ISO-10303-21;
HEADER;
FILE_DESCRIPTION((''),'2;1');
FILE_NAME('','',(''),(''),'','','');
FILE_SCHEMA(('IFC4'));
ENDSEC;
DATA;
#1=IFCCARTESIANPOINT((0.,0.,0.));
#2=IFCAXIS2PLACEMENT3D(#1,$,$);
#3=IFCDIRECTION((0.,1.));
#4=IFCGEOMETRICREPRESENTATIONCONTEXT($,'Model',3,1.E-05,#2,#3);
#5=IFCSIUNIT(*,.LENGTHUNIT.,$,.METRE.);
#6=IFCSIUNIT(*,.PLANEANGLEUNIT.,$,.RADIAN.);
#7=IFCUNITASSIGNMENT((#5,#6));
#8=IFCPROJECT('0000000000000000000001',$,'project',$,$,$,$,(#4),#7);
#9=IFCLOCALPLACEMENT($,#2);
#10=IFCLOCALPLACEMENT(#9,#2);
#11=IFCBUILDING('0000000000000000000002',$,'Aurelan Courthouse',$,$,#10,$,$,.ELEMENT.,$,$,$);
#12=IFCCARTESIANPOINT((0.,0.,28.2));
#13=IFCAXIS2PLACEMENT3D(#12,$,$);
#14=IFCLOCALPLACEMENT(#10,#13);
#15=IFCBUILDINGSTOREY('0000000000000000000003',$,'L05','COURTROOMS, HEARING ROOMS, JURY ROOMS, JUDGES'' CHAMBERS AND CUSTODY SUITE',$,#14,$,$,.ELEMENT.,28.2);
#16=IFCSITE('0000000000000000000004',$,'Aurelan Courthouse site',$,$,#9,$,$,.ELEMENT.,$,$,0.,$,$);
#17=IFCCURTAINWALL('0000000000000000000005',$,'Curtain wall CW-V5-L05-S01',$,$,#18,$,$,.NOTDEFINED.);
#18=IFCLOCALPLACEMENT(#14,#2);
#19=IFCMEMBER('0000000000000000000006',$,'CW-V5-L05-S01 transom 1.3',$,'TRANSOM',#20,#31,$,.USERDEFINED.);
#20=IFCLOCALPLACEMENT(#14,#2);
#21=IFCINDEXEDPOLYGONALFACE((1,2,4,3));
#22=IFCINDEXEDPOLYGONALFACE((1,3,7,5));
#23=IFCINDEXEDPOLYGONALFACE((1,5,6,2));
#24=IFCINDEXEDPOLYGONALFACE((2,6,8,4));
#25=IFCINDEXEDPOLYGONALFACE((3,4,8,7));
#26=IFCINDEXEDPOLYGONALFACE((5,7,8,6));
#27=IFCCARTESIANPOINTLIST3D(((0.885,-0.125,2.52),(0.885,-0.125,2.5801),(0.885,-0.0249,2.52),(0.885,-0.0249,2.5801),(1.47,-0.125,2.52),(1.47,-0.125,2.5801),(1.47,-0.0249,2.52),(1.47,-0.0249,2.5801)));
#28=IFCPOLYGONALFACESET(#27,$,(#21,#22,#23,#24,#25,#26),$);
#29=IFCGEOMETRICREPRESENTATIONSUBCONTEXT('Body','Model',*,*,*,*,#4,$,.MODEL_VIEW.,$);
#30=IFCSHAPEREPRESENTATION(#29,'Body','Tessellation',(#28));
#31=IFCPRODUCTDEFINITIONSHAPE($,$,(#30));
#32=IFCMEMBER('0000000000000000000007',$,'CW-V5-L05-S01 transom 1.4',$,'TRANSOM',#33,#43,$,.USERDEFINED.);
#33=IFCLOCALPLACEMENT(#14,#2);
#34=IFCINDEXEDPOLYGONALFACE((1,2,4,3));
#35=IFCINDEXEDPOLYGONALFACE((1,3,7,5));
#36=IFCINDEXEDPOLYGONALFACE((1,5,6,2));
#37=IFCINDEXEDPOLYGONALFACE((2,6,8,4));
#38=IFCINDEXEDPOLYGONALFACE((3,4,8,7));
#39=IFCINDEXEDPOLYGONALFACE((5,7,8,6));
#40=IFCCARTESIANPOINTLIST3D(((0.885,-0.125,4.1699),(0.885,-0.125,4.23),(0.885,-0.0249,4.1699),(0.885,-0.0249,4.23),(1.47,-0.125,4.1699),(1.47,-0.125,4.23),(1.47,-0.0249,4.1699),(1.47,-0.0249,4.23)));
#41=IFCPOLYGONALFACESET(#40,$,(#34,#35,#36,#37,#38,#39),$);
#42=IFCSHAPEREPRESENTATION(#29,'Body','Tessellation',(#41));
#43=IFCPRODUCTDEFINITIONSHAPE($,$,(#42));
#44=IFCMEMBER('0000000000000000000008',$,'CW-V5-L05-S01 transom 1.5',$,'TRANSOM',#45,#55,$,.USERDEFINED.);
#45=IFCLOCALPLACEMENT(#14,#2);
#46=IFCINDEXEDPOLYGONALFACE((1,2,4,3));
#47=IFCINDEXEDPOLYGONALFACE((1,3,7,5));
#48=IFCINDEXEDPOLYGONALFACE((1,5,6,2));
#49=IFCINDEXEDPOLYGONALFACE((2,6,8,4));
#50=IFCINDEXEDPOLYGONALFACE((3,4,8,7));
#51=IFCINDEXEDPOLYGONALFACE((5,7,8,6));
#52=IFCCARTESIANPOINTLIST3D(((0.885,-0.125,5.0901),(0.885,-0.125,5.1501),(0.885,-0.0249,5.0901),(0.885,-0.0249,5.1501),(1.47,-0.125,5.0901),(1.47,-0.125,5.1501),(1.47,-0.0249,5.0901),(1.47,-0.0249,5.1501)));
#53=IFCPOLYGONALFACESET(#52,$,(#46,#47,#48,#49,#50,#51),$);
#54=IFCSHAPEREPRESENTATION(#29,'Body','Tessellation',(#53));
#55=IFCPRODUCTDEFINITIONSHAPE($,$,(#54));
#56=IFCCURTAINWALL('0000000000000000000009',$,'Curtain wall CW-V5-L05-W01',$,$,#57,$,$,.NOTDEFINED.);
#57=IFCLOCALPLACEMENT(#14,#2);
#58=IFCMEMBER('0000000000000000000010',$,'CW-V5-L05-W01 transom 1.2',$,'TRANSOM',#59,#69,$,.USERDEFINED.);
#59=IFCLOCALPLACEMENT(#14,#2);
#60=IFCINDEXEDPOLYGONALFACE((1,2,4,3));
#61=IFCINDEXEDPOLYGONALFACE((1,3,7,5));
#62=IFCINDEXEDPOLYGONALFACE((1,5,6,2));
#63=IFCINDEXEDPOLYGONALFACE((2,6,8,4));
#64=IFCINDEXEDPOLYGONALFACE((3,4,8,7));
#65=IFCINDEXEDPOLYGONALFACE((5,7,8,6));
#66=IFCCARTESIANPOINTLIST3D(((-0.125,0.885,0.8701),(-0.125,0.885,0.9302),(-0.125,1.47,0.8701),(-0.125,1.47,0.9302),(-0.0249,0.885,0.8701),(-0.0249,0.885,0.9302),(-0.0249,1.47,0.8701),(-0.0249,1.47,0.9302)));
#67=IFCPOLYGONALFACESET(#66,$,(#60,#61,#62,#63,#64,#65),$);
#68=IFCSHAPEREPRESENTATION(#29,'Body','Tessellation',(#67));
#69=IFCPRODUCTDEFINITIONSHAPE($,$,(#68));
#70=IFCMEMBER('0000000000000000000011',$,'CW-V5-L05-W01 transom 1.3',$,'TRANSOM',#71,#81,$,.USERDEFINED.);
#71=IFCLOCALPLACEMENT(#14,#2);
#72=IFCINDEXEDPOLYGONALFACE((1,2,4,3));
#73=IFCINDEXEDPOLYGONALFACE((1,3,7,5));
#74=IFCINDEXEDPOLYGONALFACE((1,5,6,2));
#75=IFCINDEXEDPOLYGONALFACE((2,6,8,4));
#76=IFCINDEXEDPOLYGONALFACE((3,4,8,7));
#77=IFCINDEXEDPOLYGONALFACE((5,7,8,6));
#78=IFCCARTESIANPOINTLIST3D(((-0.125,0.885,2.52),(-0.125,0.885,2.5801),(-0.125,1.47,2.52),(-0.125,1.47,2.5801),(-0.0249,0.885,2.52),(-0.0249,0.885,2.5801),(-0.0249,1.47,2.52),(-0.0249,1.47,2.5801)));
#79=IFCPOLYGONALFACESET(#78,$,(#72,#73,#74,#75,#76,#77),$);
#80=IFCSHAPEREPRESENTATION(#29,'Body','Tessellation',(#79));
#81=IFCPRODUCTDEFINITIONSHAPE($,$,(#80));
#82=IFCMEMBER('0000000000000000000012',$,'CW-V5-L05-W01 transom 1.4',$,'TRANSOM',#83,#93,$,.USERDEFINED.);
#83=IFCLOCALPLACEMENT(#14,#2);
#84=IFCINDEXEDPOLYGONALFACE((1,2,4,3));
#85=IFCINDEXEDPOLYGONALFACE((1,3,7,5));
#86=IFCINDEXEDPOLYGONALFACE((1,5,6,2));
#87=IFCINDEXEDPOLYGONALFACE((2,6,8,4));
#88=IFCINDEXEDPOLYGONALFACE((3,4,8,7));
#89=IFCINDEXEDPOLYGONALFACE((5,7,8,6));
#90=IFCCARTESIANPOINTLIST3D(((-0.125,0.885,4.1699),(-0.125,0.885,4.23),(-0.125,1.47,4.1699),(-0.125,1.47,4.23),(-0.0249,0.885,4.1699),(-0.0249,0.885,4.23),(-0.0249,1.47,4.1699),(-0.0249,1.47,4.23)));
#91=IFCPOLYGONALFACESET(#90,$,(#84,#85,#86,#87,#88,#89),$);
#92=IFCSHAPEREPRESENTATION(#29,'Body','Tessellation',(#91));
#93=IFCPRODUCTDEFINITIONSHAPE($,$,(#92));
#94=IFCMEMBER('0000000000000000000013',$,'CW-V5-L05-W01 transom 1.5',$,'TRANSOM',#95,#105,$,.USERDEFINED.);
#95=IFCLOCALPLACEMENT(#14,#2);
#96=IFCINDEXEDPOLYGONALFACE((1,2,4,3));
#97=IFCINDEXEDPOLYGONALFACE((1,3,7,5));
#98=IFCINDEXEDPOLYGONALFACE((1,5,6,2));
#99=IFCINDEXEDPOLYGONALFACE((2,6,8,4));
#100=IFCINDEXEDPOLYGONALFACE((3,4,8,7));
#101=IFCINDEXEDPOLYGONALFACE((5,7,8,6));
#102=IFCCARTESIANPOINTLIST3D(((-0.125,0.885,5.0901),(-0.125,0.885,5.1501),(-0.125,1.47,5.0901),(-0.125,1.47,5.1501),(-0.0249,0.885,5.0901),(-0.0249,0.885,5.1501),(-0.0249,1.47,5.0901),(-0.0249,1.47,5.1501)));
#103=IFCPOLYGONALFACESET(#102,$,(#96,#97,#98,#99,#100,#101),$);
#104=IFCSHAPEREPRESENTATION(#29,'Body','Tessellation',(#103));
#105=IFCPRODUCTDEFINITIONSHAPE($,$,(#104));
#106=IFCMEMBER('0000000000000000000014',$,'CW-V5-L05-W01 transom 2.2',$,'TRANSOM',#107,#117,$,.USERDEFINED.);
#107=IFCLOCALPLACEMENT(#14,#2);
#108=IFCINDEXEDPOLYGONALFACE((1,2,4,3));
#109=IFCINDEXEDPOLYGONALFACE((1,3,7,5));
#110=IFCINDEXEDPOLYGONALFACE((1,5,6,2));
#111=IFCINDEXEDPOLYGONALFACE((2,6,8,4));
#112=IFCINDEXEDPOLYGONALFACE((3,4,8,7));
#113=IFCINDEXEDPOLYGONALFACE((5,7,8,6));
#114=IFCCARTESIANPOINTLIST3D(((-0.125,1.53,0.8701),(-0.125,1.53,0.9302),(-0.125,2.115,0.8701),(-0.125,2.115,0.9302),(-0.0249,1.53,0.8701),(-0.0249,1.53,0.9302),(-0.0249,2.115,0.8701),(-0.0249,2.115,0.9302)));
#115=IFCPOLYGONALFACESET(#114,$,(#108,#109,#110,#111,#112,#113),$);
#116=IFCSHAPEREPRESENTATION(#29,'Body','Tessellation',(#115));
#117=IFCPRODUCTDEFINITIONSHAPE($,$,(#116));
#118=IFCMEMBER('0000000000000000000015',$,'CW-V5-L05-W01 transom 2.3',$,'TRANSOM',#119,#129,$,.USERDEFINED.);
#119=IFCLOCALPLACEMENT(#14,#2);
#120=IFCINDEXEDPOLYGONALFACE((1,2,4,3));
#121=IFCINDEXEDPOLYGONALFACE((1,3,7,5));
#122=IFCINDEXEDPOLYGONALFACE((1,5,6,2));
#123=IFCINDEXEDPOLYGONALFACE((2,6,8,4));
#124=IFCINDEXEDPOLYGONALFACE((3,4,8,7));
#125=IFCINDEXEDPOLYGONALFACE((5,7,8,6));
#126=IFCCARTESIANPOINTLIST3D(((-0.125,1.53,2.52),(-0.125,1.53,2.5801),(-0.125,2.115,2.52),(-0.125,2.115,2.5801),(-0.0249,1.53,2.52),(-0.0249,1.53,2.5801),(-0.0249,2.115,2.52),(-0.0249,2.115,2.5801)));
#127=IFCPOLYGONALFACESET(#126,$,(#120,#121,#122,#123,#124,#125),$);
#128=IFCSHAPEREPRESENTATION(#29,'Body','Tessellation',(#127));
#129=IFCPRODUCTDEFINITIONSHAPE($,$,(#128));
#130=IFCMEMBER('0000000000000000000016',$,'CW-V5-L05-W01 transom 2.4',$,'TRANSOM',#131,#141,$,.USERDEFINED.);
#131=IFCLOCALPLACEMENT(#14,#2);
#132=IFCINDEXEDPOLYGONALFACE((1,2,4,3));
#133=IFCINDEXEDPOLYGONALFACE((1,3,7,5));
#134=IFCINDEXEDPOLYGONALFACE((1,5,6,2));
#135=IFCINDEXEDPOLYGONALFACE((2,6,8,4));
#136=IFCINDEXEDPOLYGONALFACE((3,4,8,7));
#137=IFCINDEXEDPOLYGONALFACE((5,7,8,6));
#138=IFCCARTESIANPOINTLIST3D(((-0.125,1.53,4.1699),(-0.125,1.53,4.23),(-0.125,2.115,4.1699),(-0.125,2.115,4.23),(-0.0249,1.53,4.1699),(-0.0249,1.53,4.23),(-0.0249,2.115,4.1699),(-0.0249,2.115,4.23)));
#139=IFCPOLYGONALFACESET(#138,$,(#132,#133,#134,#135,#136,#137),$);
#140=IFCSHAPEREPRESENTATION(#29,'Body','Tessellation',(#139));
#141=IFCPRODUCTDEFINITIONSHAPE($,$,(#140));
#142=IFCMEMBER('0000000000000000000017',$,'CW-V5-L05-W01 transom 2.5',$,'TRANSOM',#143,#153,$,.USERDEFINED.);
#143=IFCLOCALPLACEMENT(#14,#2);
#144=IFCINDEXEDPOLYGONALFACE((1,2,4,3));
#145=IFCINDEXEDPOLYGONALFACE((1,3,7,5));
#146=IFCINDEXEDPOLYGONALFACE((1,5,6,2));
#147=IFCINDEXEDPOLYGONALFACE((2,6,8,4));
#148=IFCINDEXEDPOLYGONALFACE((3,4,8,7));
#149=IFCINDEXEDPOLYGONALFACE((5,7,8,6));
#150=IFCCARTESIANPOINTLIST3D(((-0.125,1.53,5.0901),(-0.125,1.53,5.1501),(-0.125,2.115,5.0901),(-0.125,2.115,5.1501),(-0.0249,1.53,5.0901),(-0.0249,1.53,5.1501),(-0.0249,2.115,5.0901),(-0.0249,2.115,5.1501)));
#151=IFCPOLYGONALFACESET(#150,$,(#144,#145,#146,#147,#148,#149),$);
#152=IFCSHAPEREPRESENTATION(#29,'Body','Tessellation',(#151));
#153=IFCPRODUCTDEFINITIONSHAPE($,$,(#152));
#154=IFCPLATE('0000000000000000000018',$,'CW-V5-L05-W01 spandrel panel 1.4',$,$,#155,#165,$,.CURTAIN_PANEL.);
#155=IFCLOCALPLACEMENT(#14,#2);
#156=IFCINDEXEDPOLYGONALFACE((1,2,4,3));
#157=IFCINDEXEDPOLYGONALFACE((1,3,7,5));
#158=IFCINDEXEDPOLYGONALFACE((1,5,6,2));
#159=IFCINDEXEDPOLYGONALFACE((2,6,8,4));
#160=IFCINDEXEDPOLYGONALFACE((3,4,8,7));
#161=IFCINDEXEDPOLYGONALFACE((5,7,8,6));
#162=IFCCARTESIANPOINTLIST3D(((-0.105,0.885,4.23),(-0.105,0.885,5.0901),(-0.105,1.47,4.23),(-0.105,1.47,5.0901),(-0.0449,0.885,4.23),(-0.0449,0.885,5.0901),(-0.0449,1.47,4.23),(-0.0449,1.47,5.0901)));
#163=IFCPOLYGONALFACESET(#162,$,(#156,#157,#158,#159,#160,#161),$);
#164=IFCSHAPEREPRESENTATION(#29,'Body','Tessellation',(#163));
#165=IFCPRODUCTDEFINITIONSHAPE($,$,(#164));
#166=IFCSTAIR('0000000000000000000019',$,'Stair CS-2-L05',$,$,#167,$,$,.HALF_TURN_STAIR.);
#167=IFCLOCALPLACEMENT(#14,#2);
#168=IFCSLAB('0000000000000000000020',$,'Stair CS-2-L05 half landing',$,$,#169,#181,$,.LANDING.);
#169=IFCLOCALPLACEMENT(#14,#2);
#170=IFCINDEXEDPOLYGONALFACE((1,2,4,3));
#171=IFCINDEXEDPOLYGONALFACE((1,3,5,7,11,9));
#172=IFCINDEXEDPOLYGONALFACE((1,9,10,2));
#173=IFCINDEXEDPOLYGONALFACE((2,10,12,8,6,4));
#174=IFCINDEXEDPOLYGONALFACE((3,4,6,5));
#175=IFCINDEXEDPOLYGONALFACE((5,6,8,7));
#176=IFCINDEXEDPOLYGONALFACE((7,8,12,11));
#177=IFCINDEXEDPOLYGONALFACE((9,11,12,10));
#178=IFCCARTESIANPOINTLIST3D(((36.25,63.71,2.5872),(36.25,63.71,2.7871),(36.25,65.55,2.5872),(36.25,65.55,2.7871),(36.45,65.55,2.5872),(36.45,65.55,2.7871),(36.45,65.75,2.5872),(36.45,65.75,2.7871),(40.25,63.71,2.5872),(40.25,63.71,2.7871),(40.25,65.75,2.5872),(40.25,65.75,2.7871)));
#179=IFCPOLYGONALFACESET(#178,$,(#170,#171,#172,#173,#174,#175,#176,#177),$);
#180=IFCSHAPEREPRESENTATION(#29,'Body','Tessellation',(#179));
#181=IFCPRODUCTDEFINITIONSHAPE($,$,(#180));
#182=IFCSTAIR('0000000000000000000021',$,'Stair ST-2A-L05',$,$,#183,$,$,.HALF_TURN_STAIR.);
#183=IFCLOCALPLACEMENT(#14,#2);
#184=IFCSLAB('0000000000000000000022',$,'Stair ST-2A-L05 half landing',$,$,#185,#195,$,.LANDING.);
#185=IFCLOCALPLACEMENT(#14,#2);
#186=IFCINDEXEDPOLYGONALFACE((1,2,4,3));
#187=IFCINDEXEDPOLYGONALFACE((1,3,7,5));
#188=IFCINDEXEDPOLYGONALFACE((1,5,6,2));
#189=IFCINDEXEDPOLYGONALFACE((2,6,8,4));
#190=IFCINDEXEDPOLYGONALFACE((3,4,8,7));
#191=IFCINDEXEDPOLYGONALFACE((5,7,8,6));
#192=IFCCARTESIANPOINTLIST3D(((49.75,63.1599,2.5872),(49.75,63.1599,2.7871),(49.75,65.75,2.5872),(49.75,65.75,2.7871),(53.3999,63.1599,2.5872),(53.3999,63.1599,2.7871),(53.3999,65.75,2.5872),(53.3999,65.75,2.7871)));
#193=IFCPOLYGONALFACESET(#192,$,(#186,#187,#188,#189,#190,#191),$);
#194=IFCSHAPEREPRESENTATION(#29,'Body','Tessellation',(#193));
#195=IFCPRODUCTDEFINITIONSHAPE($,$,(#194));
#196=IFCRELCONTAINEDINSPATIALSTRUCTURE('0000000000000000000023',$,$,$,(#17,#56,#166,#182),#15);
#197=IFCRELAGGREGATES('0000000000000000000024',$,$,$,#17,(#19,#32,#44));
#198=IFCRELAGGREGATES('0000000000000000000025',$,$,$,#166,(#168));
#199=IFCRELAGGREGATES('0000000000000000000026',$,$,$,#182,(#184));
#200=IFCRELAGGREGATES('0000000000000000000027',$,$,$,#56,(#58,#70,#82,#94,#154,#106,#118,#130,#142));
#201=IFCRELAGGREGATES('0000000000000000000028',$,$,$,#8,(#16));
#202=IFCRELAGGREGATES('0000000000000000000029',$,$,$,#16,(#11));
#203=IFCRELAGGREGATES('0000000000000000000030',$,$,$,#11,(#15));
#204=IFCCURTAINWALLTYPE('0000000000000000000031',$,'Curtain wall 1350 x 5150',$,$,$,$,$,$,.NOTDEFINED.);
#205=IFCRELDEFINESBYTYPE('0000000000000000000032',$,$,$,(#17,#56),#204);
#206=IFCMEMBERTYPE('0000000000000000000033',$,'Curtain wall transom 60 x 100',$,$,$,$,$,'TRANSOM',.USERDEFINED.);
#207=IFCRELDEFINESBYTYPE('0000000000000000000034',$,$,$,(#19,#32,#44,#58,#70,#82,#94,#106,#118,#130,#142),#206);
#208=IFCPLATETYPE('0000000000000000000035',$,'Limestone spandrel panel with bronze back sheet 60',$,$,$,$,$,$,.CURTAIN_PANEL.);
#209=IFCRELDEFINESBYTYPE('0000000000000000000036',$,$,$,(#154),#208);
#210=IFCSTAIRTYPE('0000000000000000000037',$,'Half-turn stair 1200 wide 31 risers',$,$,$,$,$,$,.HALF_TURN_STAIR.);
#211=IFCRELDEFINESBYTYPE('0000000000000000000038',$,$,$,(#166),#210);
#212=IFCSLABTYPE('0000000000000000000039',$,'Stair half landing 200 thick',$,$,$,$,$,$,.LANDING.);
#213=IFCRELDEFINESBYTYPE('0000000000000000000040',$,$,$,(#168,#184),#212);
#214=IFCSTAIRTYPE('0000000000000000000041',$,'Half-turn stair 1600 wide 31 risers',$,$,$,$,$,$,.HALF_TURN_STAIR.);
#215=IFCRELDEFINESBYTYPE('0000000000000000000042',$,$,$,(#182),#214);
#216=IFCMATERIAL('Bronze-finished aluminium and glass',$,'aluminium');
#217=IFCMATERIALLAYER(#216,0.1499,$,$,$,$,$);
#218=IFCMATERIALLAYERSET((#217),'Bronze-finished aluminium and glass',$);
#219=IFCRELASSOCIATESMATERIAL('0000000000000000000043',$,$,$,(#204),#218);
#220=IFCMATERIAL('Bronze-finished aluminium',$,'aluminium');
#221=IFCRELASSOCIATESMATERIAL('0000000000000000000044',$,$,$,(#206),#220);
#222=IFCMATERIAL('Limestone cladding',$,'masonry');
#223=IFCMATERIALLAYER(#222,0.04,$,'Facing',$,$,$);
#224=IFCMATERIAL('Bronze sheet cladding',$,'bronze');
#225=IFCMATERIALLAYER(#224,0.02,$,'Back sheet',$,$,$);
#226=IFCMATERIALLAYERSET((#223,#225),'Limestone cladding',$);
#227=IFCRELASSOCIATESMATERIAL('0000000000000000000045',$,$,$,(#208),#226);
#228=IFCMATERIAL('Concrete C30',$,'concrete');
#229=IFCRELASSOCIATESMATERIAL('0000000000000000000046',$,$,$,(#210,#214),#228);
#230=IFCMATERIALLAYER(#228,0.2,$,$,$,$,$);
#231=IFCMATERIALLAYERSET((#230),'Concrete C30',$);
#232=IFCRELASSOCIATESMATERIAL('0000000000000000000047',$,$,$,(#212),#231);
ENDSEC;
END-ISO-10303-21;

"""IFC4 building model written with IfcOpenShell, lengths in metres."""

from ifc_helpers import new_model, si_unit, direction, frame, origin, origin_2d, place, context, subcontext, project, spatial, polyline, rectangle, outline, extrude, material, layer, layer_set, material_profile, profile_set, type_object, element, aggregate, save


model = new_model("IFC4")

# Units and contexts
model_context = context("Model", 3, precision=1e-05, world=origin(), true_north=direction((0.0, 1.0)))
body_context = subcontext(model_context, "Body", "Model", "MODEL_VIEW")
ifc_project = project(units=[si_unit("LENGTHUNIT", "METRE"), si_unit("PLANEANGLEUNIT", "RADIAN")], contexts=[model_context])

# Site, building, storey
site_placement = place(None, origin())
site = spatial("IfcSite", under=ifc_project, at=site_placement, Name="Aurelan Courthouse site", CompositionType="ELEMENT", RefElevation=0.0)
building_placement = place(site_placement, origin())
building = spatial("IfcBuilding", under=site, at=building_placement, Name="Aurelan Courthouse", CompositionType="ELEMENT")
storey_placement = place(building_placement, frame((0.0, 0.0, 28.2)))
storey = spatial("IfcBuildingStorey", under=building, at=storey_placement, Name="L05", Description="COURTROOMS, HEARING ROOMS, JURY ROOMS, JUDGES' CHAMBERS AND CUSTODY SUITE", CompositionType="ELEMENT", Elevation=28.2)

# Curtain wall, members
ifc_material_1 = material(Name="Bronze-finished aluminium and glass", Category="aluminium")
ifc_layer_1 = layer(ifc_material_1, 0.1499)
ifc_layer_set_1 = layer_set([ifc_layer_1], Name="Bronze-finished aluminium and glass")
curtain_wall_type = type_object("IfcCurtainWallType", Name="Curtain wall 1350 x 5150", PredefinedType="NOTDEFINED", material=ifc_layer_set_1)
curtain_wall_1_placement = place(storey_placement, origin())
curtain_wall_1 = element("IfcCurtainWall", 1, at=curtain_wall_1_placement, inside=storey, type_object=curtain_wall_type, Name="Curtain wall CW-V5-L05-S01", PredefinedType="NOTDEFINED")
ifc_material_2 = material(Name="Bronze-finished aluminium", Category="aluminium")
ifc_material_profile = material_profile(ifc_material_2, rectangle(XDim=0.1001, YDim=0.0601, at=origin_2d()), Name="Bronze transom 60 x 100")
ifc_profile_set = profile_set([ifc_material_profile], Name="Bronze-finished aluminium")
member_type = type_object("IfcMemberType", Name="Curtain wall transom 60 x 100", ElementType="TRANSOM", PredefinedType="USERDEFINED", material=ifc_profile_set)
member_1_placement = place(storey_placement, frame((0.885, -0.075, 2.55), z_axis=(1.0, 0.0, 0.0), x_axis=(0.0, 1.0, 0.0)))
member_1 = element("IfcMember", 2, at=member_1_placement, type_object=member_type, Name="CW-V5-L05-S01 transom 1.3", ObjectType="TRANSOM", PredefinedType="USERDEFINED", context=body_context, shape_type="SweptSolid", body=[
    extrude(rectangle(XDim=0.1001, YDim=0.0601, at=origin_2d()), origin(), (0.0, 0.0, 1.0), 0.585),
])
member_2_placement = place(storey_placement, frame((0.885, -0.075, 4.2), z_axis=(1.0, 0.0, 0.0), x_axis=(0.0, 1.0, 0.0)))
member_2 = element("IfcMember", 3, at=member_2_placement, type_object=member_type, Name="CW-V5-L05-S01 transom 1.4", ObjectType="TRANSOM", PredefinedType="USERDEFINED", context=body_context, shape_type="SweptSolid", body=[
    extrude(rectangle(XDim=0.1001, YDim=0.0601, at=origin_2d()), origin(), (0.0, 0.0, 1.0), 0.585),
])
member_3_placement = place(storey_placement, frame((0.885, -0.075, 5.1201), z_axis=(1.0, 0.0, 0.0), x_axis=(0.0, 1.0, 0.0)))
member_3 = element("IfcMember", 4, at=member_3_placement, type_object=member_type, Name="CW-V5-L05-S01 transom 1.5", ObjectType="TRANSOM", PredefinedType="USERDEFINED", context=body_context, shape_type="SweptSolid", body=[
    extrude(rectangle(XDim=0.1001, YDim=0.0601, at=origin_2d()), origin(), (0.0, 0.0, 1.0), 0.585),
])
aggregate(curtain_wall_1, [member_1, member_2, member_3])

# Curtain wall, members, plate
curtain_wall_2_placement = place(storey_placement, origin())
curtain_wall_2 = element("IfcCurtainWall", 5, at=curtain_wall_2_placement, inside=storey, type_object=curtain_wall_type, Name="Curtain wall CW-V5-L05-W01", PredefinedType="NOTDEFINED")
member_4_placement = place(storey_placement, frame((-0.075, 0.885, 0.9001), z_axis=(0.0, 1.0, 0.0), x_axis=(-1.0, 0.0, 0.0)))
member_4 = element("IfcMember", 6, at=member_4_placement, type_object=member_type, Name="CW-V5-L05-W01 transom 1.2", ObjectType="TRANSOM", PredefinedType="USERDEFINED", context=body_context, shape_type="SweptSolid", body=[
    extrude(rectangle(XDim=0.1001, YDim=0.0601, at=origin_2d()), origin(), (0.0, 0.0, 1.0), 0.585),
])
member_5_placement = place(storey_placement, frame((-0.075, 0.885, 2.55), z_axis=(0.0, 1.0, 0.0), x_axis=(-1.0, 0.0, 0.0)))
member_5 = element("IfcMember", 7, at=member_5_placement, type_object=member_type, Name="CW-V5-L05-W01 transom 1.3", ObjectType="TRANSOM", PredefinedType="USERDEFINED", context=body_context, shape_type="SweptSolid", body=[
    extrude(rectangle(XDim=0.1001, YDim=0.0601, at=origin_2d()), origin(), (0.0, 0.0, 1.0), 0.585),
])
member_6_placement = place(storey_placement, frame((-0.075, 0.885, 4.2), z_axis=(0.0, 1.0, 0.0), x_axis=(-1.0, 0.0, 0.0)))
member_6 = element("IfcMember", 8, at=member_6_placement, type_object=member_type, Name="CW-V5-L05-W01 transom 1.4", ObjectType="TRANSOM", PredefinedType="USERDEFINED", context=body_context, shape_type="SweptSolid", body=[
    extrude(rectangle(XDim=0.1001, YDim=0.0601, at=origin_2d()), origin(), (0.0, 0.0, 1.0), 0.585),
])
member_7_placement = place(storey_placement, frame((-0.075, 0.885, 5.1201), z_axis=(0.0, 1.0, 0.0), x_axis=(-1.0, 0.0, 0.0)))
member_7 = element("IfcMember", 9, at=member_7_placement, type_object=member_type, Name="CW-V5-L05-W01 transom 1.5", ObjectType="TRANSOM", PredefinedType="USERDEFINED", context=body_context, shape_type="SweptSolid", body=[
    extrude(rectangle(XDim=0.1001, YDim=0.0601, at=origin_2d()), origin(), (0.0, 0.0, 1.0), 0.585),
])
member_8_placement = place(storey_placement, frame((-0.075, 1.53, 0.9001), z_axis=(0.0, 1.0, 0.0), x_axis=(-1.0, 0.0, 0.0)))
member_8 = element("IfcMember", 10, at=member_8_placement, type_object=member_type, Name="CW-V5-L05-W01 transom 2.2", ObjectType="TRANSOM", PredefinedType="USERDEFINED", context=body_context, shape_type="SweptSolid", body=[
    extrude(rectangle(XDim=0.1001, YDim=0.0601, at=origin_2d()), origin(), (0.0, 0.0, 1.0), 0.585),
])
member_9_placement = place(storey_placement, frame((-0.075, 1.53, 2.55), z_axis=(0.0, 1.0, 0.0), x_axis=(-1.0, 0.0, 0.0)))
member_9 = element("IfcMember", 11, at=member_9_placement, type_object=member_type, Name="CW-V5-L05-W01 transom 2.3", ObjectType="TRANSOM", PredefinedType="USERDEFINED", context=body_context, shape_type="SweptSolid", body=[
    extrude(rectangle(XDim=0.1001, YDim=0.0601, at=origin_2d()), origin(), (0.0, 0.0, 1.0), 0.585),
])
member_10_placement = place(storey_placement, frame((-0.075, 1.53, 4.2), z_axis=(0.0, 1.0, 0.0), x_axis=(-1.0, 0.0, 0.0)))
member_10 = element("IfcMember", 12, at=member_10_placement, type_object=member_type, Name="CW-V5-L05-W01 transom 2.4", ObjectType="TRANSOM", PredefinedType="USERDEFINED", context=body_context, shape_type="SweptSolid", body=[
    extrude(rectangle(XDim=0.1001, YDim=0.0601, at=origin_2d()), origin(), (0.0, 0.0, 1.0), 0.585),
])
member_11_placement = place(storey_placement, frame((-0.075, 1.53, 5.1201), z_axis=(0.0, 1.0, 0.0), x_axis=(-1.0, 0.0, 0.0)))
member_11 = element("IfcMember", 13, at=member_11_placement, type_object=member_type, Name="CW-V5-L05-W01 transom 2.5", ObjectType="TRANSOM", PredefinedType="USERDEFINED", context=body_context, shape_type="SweptSolid", body=[
    extrude(rectangle(XDim=0.1001, YDim=0.0601, at=origin_2d()), origin(), (0.0, 0.0, 1.0), 0.585),
])
ifc_material_3 = material(Name="Limestone cladding", Category="masonry")
ifc_layer_2 = layer(ifc_material_3, 0.04, Name="Facing")
ifc_material_4 = material(Name="Bronze sheet cladding", Category="bronze")
ifc_layer_3 = layer(ifc_material_4, 0.02, Name="Back sheet")
ifc_layer_set_2 = layer_set([ifc_layer_2, ifc_layer_3], Name="Limestone cladding")
plate_type_1 = type_object("IfcPlateType", Name="Limestone spandrel panel with bronze back sheet 60", PredefinedType="CURTAIN_PANEL", material=ifc_layer_set_2)
plate_1_placement = place(storey_placement, frame((-0.075, 1.1775, 4.23), z_axis=(0.0, 0.0, 1.0), x_axis=(0.0, 1.0, 0.0)))
plate_1 = element("IfcPlate", 14, at=plate_1_placement, type_object=plate_type_1, Name="CW-V5-L05-W01 spandrel panel 1.4", PredefinedType="CURTAIN_PANEL", context=body_context, shape_type="SweptSolid", body=[
    extrude(rectangle(XDim=0.585, YDim=0.0601, at=origin_2d()), origin(), (0.0, 0.0, 1.0), 0.8601),
])

# Stairs, slabs
ifc_material_5 = material(Name="Concrete C30", Category="concrete")
stair_type_1 = type_object("IfcStairType", Name="Half-turn stair 1200 wide 31 risers", PredefinedType="HALF_TURN_STAIR", material=ifc_material_5)
stair_1_placement = place(storey_placement, origin())
stair_1 = element("IfcStair", 15, at=stair_1_placement, inside=storey, type_object=stair_type_1, Name="Stair CS-2-L05", PredefinedType="HALF_TURN_STAIR")
ifc_layer_4 = layer(ifc_material_5, 0.2)
ifc_layer_set_3 = layer_set([ifc_layer_4], Name="Concrete C30")
slab_type = type_object("IfcSlabType", Name="Stair half landing 200 thick", PredefinedType="LANDING", material=ifc_layer_set_3)
slab_1_placement = place(storey_placement, frame((0.0, 0.0, 2.5872)))
slab_1 = element("IfcSlab", 16, at=slab_1_placement, type_object=slab_type, Name="Stair CS-2-L05 half landing", PredefinedType="LANDING", context=body_context, shape_type="SweptSolid", body=[
    extrude(outline(polyline([(36.25, 65.55), (36.45, 65.55), (36.45, 65.75), (40.25, 65.75), (40.25, 63.71), (36.25, 63.71), (36.25, 65.55)])), origin(), (0.0, 0.0, 1.0), 0.2),
])
aggregate(stair_1, [slab_1])
stair_type_2 = type_object("IfcStairType", Name="Half-turn stair 1600 wide 31 risers", PredefinedType="HALF_TURN_STAIR", material=ifc_material_5)
stair_2_placement = place(storey_placement, origin())
stair_2 = element("IfcStair", 17, at=stair_2_placement, inside=storey, type_object=stair_type_2, Name="Stair ST-2A-L05", PredefinedType="HALF_TURN_STAIR")
slab_2_placement = place(storey_placement, frame((0.0, 0.0, 2.5872)))
slab_2 = element("IfcSlab", 18, at=slab_2_placement, type_object=slab_type, Name="Stair ST-2A-L05 half landing", PredefinedType="LANDING", context=body_context, shape_type="SweptSolid", body=[
    extrude(outline(polyline([(49.75, 63.1599), (49.75, 65.75), (53.3999, 65.75), (53.3999, 63.1599), (49.75, 63.1599)])), origin(), (0.0, 0.0, 1.0), 0.2),
])
aggregate(stair_2, [slab_2])

aggregate(curtain_wall_2, [member_4, member_5, member_6, member_7, plate_1, member_8, member_9, member_10, member_11])

save(model, "model.ifc")
